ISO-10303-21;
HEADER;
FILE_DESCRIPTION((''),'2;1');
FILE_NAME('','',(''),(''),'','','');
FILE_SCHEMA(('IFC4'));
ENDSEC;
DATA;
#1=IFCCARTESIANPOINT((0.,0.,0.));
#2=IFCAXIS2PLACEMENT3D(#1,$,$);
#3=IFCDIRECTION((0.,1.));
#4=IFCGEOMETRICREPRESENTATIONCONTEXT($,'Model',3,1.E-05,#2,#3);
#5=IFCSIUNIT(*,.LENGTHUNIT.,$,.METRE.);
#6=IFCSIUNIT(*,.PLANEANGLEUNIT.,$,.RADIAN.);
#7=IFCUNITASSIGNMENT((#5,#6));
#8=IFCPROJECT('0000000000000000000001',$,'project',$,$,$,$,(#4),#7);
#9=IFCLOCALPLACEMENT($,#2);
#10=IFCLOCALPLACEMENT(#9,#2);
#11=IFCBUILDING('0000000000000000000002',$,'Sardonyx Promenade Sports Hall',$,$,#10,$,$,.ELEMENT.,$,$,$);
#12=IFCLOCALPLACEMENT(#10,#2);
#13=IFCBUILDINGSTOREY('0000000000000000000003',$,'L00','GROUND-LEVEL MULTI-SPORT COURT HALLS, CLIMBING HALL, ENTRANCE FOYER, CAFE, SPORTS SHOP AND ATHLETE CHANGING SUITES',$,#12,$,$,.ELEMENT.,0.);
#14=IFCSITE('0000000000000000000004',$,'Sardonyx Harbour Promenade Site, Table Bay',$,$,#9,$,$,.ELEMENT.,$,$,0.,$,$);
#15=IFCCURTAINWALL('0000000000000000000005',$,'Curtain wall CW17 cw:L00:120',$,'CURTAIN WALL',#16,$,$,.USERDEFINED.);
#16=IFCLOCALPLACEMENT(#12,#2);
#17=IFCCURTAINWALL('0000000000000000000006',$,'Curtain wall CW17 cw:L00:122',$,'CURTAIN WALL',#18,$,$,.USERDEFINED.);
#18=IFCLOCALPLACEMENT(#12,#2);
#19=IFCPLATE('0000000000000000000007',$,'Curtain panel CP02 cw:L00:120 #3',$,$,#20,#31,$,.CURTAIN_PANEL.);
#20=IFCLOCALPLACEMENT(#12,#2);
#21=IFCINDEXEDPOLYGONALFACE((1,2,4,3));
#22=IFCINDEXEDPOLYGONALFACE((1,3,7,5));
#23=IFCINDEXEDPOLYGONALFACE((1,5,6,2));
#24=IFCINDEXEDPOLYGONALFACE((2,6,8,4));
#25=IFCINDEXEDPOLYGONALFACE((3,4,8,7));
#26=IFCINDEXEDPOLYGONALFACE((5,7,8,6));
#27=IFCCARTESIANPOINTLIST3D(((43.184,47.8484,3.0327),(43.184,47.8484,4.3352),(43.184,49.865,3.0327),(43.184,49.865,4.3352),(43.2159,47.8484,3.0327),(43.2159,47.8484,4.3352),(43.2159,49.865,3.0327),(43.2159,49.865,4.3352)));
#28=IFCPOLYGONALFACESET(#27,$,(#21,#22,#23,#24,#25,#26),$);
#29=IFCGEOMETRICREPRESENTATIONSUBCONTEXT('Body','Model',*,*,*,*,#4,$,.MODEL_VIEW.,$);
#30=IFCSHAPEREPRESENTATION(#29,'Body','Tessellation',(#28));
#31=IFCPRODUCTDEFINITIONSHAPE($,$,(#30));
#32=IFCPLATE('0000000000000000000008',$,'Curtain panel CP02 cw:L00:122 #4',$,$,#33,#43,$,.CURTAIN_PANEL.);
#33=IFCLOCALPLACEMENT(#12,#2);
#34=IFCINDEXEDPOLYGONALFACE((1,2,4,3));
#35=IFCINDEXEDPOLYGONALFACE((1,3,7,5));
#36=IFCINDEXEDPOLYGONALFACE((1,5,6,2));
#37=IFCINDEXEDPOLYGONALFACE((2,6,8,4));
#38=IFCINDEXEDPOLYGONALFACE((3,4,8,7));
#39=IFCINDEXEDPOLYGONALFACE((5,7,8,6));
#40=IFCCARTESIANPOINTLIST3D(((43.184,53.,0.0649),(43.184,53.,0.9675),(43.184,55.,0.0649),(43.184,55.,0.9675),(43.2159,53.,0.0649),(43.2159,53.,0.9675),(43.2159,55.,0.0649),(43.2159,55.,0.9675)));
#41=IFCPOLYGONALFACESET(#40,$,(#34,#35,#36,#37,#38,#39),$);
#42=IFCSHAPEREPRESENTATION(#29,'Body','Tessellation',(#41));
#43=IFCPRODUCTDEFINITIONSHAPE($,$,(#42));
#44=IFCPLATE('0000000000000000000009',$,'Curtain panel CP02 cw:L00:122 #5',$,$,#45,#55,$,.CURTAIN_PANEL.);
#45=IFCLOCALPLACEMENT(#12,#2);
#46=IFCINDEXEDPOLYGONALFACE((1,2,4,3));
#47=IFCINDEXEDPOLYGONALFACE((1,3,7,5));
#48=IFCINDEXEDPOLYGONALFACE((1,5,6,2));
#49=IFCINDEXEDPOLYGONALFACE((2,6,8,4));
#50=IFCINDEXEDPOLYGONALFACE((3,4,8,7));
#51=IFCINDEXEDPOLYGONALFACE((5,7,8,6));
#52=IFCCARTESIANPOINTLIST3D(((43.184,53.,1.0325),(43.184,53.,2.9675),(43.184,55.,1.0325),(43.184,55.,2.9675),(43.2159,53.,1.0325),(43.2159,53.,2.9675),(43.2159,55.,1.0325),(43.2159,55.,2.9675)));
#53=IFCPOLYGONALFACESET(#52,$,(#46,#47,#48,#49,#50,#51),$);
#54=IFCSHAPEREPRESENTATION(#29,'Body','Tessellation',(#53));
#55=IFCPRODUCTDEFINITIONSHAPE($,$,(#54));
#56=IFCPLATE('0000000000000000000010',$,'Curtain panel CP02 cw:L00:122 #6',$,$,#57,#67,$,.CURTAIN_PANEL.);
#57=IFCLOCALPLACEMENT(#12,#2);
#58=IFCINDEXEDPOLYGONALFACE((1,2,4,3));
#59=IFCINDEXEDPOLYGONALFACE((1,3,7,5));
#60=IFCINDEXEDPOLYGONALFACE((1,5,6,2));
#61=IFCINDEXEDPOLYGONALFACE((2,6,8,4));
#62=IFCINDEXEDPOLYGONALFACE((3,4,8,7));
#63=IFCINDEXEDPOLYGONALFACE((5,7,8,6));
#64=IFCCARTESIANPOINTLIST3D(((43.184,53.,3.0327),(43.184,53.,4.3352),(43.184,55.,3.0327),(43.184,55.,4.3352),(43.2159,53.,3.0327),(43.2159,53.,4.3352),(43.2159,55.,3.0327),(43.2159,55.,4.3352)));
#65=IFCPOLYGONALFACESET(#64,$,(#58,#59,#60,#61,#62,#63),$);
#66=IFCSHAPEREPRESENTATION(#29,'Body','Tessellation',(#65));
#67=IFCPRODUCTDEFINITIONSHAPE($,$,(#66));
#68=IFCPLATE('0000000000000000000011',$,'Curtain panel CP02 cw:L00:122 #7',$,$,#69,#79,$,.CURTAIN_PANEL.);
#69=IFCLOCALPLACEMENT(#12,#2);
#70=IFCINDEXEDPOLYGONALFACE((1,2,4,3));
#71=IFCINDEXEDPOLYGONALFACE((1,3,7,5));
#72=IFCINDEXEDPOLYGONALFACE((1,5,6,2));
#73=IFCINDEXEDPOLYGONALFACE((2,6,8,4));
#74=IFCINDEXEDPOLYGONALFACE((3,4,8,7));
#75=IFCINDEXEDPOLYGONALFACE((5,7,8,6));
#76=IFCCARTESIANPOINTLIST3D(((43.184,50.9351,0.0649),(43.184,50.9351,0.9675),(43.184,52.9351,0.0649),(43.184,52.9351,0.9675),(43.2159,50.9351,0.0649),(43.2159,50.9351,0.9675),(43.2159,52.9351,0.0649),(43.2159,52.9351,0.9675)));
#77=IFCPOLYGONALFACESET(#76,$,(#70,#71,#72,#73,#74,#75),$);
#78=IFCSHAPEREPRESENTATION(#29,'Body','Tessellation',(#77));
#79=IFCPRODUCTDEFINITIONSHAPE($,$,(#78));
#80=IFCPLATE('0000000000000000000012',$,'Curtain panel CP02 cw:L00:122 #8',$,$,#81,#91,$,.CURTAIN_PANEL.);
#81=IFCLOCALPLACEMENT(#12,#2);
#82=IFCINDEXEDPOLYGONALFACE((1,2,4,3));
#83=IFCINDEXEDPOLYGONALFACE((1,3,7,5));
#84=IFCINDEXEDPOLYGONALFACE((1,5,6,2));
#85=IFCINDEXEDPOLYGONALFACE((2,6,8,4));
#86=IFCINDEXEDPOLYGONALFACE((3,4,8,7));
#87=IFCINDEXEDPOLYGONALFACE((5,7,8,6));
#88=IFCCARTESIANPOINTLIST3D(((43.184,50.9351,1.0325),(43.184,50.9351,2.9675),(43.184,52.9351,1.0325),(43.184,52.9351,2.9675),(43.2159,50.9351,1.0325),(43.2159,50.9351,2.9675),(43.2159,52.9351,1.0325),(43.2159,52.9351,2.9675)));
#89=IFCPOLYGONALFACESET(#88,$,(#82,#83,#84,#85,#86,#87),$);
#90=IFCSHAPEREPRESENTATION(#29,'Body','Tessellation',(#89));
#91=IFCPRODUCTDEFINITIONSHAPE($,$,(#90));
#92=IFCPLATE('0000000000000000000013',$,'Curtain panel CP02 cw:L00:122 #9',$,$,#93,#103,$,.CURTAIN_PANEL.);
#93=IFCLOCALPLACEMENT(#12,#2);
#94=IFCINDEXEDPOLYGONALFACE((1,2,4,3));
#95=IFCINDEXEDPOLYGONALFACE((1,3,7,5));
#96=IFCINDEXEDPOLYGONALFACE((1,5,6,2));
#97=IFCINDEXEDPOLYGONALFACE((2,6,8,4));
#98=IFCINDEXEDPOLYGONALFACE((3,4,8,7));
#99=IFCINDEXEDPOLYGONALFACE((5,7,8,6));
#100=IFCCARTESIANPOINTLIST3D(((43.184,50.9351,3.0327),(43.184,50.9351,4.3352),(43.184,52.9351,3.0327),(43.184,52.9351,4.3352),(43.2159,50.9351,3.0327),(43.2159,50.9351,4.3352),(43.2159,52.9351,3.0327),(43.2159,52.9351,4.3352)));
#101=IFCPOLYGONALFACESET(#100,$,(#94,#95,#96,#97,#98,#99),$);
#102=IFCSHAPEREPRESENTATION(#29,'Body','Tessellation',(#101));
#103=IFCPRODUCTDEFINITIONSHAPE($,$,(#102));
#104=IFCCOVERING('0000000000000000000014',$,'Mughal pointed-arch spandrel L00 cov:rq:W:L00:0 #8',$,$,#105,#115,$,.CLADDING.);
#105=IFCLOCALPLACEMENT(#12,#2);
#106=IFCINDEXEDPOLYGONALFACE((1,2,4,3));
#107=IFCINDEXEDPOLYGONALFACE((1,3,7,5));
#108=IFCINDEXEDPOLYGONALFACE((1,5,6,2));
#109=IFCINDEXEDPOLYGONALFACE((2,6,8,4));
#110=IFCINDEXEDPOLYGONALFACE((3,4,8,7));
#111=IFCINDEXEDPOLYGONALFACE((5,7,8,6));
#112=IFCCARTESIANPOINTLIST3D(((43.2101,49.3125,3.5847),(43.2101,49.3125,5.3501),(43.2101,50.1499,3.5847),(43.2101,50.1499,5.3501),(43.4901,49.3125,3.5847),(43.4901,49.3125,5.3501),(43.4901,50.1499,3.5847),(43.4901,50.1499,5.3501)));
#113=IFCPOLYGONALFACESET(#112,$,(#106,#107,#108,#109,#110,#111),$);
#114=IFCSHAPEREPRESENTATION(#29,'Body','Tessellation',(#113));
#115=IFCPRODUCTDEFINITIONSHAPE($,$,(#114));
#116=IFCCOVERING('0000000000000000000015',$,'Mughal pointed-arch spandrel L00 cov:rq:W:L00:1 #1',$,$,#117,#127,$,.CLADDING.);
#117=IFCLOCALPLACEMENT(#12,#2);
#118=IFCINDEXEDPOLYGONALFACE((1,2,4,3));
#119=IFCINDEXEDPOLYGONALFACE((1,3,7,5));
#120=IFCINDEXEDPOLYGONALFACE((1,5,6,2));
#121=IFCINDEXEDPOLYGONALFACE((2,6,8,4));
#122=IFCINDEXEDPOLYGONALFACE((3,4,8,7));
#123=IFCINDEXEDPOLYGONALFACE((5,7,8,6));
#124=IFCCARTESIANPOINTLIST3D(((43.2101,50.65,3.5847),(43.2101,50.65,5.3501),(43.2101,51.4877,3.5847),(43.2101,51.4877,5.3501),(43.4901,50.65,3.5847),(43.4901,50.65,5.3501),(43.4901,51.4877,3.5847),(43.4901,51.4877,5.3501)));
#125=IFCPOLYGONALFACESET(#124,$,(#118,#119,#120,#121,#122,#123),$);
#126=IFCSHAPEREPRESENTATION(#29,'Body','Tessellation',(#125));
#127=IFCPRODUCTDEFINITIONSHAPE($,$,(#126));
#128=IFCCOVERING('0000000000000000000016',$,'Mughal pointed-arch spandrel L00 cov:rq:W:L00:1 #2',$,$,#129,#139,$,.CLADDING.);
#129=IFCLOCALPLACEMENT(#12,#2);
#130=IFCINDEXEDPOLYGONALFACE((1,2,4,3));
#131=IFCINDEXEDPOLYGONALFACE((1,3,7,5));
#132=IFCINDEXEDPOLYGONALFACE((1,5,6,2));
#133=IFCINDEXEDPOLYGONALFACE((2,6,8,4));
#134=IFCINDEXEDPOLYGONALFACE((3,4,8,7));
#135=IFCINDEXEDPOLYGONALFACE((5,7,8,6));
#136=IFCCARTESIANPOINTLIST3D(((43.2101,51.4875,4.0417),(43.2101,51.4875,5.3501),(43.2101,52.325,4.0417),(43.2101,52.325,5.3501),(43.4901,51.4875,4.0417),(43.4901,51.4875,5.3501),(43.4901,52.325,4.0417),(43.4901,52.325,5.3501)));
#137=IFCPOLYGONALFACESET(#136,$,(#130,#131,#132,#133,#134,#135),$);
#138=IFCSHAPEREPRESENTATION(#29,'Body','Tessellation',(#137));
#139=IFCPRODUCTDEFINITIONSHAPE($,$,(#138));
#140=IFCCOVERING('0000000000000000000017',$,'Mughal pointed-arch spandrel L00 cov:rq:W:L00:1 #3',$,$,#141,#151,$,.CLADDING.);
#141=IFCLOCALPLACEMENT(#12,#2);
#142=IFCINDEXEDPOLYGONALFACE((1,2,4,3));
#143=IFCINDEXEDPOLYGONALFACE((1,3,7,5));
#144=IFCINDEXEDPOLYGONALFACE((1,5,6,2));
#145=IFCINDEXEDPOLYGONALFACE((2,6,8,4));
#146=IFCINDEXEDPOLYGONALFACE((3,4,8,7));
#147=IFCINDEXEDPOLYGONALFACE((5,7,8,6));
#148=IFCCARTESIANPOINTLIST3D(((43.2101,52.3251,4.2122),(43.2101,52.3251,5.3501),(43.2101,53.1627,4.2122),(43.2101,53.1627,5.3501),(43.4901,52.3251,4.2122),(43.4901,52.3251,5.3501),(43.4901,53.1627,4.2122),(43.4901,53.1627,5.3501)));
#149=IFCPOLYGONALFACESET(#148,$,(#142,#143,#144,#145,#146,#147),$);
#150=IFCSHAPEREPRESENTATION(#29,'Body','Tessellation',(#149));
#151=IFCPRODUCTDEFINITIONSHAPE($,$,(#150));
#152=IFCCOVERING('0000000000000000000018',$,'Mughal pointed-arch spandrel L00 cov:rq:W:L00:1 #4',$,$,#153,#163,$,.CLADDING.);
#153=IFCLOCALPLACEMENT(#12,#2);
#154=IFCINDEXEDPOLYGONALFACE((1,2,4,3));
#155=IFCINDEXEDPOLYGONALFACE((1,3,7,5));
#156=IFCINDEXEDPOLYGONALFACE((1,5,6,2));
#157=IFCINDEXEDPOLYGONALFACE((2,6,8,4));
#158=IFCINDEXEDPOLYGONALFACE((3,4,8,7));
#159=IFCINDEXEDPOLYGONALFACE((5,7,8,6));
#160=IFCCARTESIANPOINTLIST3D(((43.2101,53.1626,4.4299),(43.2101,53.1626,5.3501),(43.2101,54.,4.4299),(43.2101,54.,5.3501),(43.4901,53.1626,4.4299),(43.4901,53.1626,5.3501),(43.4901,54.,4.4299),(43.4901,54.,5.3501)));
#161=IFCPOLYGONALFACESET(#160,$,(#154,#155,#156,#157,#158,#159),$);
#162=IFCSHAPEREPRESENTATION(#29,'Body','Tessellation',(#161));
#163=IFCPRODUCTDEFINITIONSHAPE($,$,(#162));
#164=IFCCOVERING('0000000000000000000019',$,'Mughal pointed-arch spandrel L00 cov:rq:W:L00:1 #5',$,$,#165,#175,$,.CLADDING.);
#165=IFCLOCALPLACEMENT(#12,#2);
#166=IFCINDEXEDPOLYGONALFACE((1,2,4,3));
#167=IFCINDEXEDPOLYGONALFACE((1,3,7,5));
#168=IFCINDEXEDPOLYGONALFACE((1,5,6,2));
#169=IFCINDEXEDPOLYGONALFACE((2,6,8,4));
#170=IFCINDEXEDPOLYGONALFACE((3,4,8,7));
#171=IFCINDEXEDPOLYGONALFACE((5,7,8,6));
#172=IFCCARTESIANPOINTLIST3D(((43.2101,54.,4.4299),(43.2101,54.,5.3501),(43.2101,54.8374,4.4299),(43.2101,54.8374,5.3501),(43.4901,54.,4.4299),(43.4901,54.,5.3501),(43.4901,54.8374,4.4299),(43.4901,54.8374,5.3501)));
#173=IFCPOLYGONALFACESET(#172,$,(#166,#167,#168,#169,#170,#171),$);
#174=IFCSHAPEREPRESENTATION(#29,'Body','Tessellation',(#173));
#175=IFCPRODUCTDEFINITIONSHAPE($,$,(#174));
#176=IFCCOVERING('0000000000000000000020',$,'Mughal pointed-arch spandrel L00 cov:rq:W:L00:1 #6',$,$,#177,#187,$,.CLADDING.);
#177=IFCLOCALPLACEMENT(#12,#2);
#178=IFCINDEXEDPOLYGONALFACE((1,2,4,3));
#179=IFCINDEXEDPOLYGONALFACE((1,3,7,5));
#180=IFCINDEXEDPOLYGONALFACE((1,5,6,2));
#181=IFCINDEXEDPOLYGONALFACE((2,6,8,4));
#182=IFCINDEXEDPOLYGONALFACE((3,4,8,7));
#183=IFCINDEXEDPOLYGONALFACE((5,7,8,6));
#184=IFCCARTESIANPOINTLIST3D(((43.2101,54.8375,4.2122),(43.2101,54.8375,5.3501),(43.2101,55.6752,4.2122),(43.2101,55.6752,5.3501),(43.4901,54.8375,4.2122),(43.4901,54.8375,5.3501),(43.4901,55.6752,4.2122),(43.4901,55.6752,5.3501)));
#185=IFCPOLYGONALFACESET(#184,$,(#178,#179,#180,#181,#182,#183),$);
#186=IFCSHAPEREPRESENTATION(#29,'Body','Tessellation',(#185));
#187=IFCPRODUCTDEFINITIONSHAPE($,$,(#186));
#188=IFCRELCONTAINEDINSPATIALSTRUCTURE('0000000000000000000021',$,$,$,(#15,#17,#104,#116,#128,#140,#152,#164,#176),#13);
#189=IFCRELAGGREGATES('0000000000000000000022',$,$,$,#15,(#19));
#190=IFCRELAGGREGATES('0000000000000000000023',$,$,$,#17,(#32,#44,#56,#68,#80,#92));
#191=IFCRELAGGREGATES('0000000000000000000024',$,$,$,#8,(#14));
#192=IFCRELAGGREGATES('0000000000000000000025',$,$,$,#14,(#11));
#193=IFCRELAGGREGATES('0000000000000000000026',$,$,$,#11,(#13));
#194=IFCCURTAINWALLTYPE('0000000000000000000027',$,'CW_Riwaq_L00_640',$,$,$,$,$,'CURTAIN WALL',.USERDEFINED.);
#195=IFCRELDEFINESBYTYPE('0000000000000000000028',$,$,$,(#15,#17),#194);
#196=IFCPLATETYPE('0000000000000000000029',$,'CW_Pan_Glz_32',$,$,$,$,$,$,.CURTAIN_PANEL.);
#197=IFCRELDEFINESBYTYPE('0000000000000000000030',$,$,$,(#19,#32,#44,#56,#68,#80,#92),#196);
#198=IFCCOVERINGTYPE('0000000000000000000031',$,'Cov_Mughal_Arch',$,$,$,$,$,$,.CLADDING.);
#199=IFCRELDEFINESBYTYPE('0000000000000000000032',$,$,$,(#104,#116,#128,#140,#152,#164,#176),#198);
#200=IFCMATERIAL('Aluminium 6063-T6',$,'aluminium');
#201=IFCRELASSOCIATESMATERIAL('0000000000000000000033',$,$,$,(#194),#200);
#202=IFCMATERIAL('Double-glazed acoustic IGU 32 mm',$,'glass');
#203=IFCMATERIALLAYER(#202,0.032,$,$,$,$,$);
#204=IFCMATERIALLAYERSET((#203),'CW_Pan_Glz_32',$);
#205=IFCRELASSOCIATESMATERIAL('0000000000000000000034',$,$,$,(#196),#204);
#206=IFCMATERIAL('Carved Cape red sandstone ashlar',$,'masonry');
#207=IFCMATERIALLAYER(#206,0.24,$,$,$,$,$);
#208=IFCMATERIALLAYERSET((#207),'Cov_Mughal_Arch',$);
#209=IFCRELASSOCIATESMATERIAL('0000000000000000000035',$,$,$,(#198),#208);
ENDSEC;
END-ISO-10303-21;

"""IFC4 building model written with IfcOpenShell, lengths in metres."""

from ifc_helpers import new_model, si_unit, direction, frame, frame_2d, origin, origin_2d, place, context, subcontext, project, spatial, rectangle, extrude, material, layer, layer_set, type_object, element, aggregate, save


model = new_model("IFC4")

# Units and contexts
model_context = context("Model", 3, precision=1e-05, world=origin(), true_north=direction((0.0, 1.0)))
body_context = subcontext(model_context, "Body", "Model", "MODEL_VIEW")
ifc_project = project(units=[si_unit("LENGTHUNIT", "METRE"), si_unit("PLANEANGLEUNIT", "RADIAN")], contexts=[model_context])

# Site, building, storey
site_placement = place(None, origin())
site = spatial("IfcSite", under=ifc_project, at=site_placement, Name="Sardonyx Harbour Promenade Site, Table Bay", CompositionType="ELEMENT", RefElevation=0.0)
building_placement = place(site_placement, origin())
building = spatial("IfcBuilding", under=site, at=building_placement, Name="Sardonyx Promenade Sports Hall", CompositionType="ELEMENT")
storey_placement = place(building_placement, origin())
storey = spatial("IfcBuildingStorey", under=building, at=storey_placement, Name="L00", Description="GROUND-LEVEL MULTI-SPORT COURT HALLS, CLIMBING HALL, ENTRANCE FOYER, CAFE, SPORTS SHOP AND ATHLETE CHANGING SUITES", CompositionType="ELEMENT", Elevation=0.0)

# Curtain wall
ifc_material_1 = material(Name="Aluminium 6063-T6", Category="aluminium")
curtain_wall_type = type_object("IfcCurtainWallType", Name="CW_Riwaq_L00_640", ElementType="CURTAIN WALL", PredefinedType="USERDEFINED", material=ifc_material_1)
curtain_wall_1_placement = place(storey_placement, origin())
curtain_wall_1 = element("IfcCurtainWall", 1, at=curtain_wall_1_placement, inside=storey, type_object=curtain_wall_type, Name="Curtain wall CW17 cw:L00:120", ObjectType="CURTAIN WALL", PredefinedType="USERDEFINED")

# Curtain wall
curtain_wall_2_placement = place(storey_placement, origin())
curtain_wall_2 = element("IfcCurtainWall", 2, at=curtain_wall_2_placement, inside=storey, type_object=curtain_wall_type, Name="Curtain wall CW17 cw:L00:122", ObjectType="CURTAIN WALL", PredefinedType="USERDEFINED")

# Plates
ifc_material_2 = material(Name="Double-glazed acoustic IGU 32 mm", Category="glass")
ifc_layer_1 = layer(ifc_material_2, 0.032)
ifc_layer_set_1 = layer_set([ifc_layer_1], Name="CW_Pan_Glz_32")
plate_type = type_object("IfcPlateType", Name="CW_Pan_Glz_32", PredefinedType="CURTAIN_PANEL", material=ifc_layer_set_1)
plate_1_placement = place(storey_placement, frame((43.2, 48.8567, 3.0327), z_axis=(0.0, 0.0, 1.0), x_axis=(0.0, -1.0, 0.0)))
plate_1 = element("IfcPlate", 3, at=plate_1_placement, type_object=plate_type, Name="Curtain panel CP02 cw:L00:120 #3", PredefinedType="CURTAIN_PANEL", context=body_context, shape_type="SweptSolid", body=[
    extrude(rectangle(XDim=2.0166, YDim=0.032, at=origin_2d()), origin(), (0.0, 0.0, 1.0), 1.3025),
])
aggregate(curtain_wall_1, [plate_1])
plate_2_placement = place(storey_placement, frame((43.2, 54.0, 0.0649), z_axis=(0.0, 0.0, 1.0), x_axis=(0.0, -1.0, 0.0)))
plate_2 = element("IfcPlate", 4, at=plate_2_placement, type_object=plate_type, Name="Curtain panel CP02 cw:L00:122 #4", PredefinedType="CURTAIN_PANEL", context=body_context, shape_type="SweptSolid", body=[
    extrude(rectangle(XDim=2.0, YDim=0.032, at=origin_2d()), origin(), (0.0, 0.0, 1.0), 0.9026),
])
plate_3_placement = place(storey_placement, frame((43.2, 54.0, 1.0325), z_axis=(0.0, 0.0, 1.0), x_axis=(0.0, -1.0, 0.0)))
plate_3 = element("IfcPlate", 5, at=plate_3_placement, type_object=plate_type, Name="Curtain panel CP02 cw:L00:122 #5", PredefinedType="CURTAIN_PANEL", context=body_context, shape_type="SweptSolid", body=[
    extrude(rectangle(XDim=2.0, YDim=0.032, at=origin_2d()), origin(), (0.0, 0.0, 1.0), 1.9351),
])
plate_4_placement = place(storey_placement, frame((43.2, 54.0, 3.0327), z_axis=(0.0, 0.0, 1.0), x_axis=(0.0, -1.0, 0.0)))
plate_4 = element("IfcPlate", 6, at=plate_4_placement, type_object=plate_type, Name="Curtain panel CP02 cw:L00:122 #6", PredefinedType="CURTAIN_PANEL", context=body_context, shape_type="SweptSolid", body=[
    extrude(rectangle(XDim=2.0, YDim=0.032, at=origin_2d()), origin(), (0.0, 0.0, 1.0), 1.3025),
])
plate_5_placement = place(storey_placement, frame((43.2, 51.9351, 0.0649), z_axis=(0.0, 0.0, 1.0), x_axis=(0.0, -1.0, 0.0)))
plate_5 = element("IfcPlate", 7, at=plate_5_placement, type_object=plate_type, Name="Curtain panel CP02 cw:L00:122 #7", PredefinedType="CURTAIN_PANEL", context=body_context, shape_type="SweptSolid", body=[
    extrude(rectangle(XDim=2.0, YDim=0.032, at=origin_2d()), origin(), (0.0, 0.0, 1.0), 0.9026),
])
plate_6_placement = place(storey_placement, frame((43.2, 51.9351, 1.0325), z_axis=(0.0, 0.0, 1.0), x_axis=(0.0, -1.0, 0.0)))
plate_6 = element("IfcPlate", 8, at=plate_6_placement, type_object=plate_type, Name="Curtain panel CP02 cw:L00:122 #8", PredefinedType="CURTAIN_PANEL", context=body_context, shape_type="SweptSolid", body=[
    extrude(rectangle(XDim=2.0, YDim=0.032, at=origin_2d()), origin(), (0.0, 0.0, 1.0), 1.9351),
])
plate_7_placement = place(storey_placement, frame((43.2, 51.9351, 3.0327), z_axis=(0.0, 0.0, 1.0), x_axis=(0.0, -1.0, 0.0)))
plate_7 = element("IfcPlate", 9, at=plate_7_placement, type_object=plate_type, Name="Curtain panel CP02 cw:L00:122 #9", PredefinedType="CURTAIN_PANEL", context=body_context, shape_type="SweptSolid", body=[
    extrude(rectangle(XDim=2.0, YDim=0.032, at=origin_2d()), origin(), (0.0, 0.0, 1.0), 1.3025),
])
aggregate(curtain_wall_2, [plate_2, plate_3, plate_4, plate_5, plate_6, plate_7])

# Coverings
ifc_material_3 = material(Name="Carved Cape red sandstone ashlar", Category="masonry")
ifc_layer_2 = layer(ifc_material_3, 0.24)
ifc_layer_set_2 = layer_set([ifc_layer_2], Name="Cov_Mughal_Arch")
covering_type = type_object("IfcCoveringType", Name="Cov_Mughal_Arch", PredefinedType="CLADDING", material=ifc_layer_set_2)
covering_1_placement = place(storey_placement, frame((43.3501, 49.3125, 3.5847), z_axis=(0.0, 0.0, 1.0), x_axis=(0.0, 1.0, 0.0)))
element("IfcCovering", 10, at=covering_1_placement, inside=storey, type_object=covering_type, Name="Mughal pointed-arch spandrel L00 cov:rq:W:L00:0 #8", PredefinedType="CLADDING", context=body_context, shape_type="SweptSolid", body=[
    extrude(rectangle(XDim=0.8374, YDim=0.28, at=frame_2d((0.4187, 0.0))), origin(), (0.0, 0.0, 1.0), 1.7654),
])
covering_2_placement = place(storey_placement, frame((43.3501, 50.6499, 3.5847), z_axis=(0.0, 0.0, 1.0), x_axis=(0.0, 1.0, 0.0)))
element("IfcCovering", 11, at=covering_2_placement, inside=storey, type_object=covering_type, Name="Mughal pointed-arch spandrel L00 cov:rq:W:L00:1 #1", PredefinedType="CLADDING", context=body_context, shape_type="SweptSolid", body=[
    extrude(rectangle(XDim=0.8376, YDim=0.28, at=frame_2d((0.4189, 0.0))), origin(), (0.0, 0.0, 1.0), 1.7654),
])
covering_3_placement = place(storey_placement, frame((43.3501, 51.4875, 4.0417), z_axis=(0.0, 0.0, 1.0), x_axis=(0.0, 1.0, 0.0)))
element("IfcCovering", 12, at=covering_3_placement, inside=storey, type_object=covering_type, Name="Mughal pointed-arch spandrel L00 cov:rq:W:L00:1 #2", PredefinedType="CLADDING", context=body_context, shape_type="SweptSolid", body=[
    extrude(rectangle(XDim=0.8374, YDim=0.28, at=frame_2d((0.4187, 0.0))), origin(), (0.0, 0.0, 1.0), 1.3083),
])
covering_4_placement = place(storey_placement, frame((43.3501, 52.325, 4.2122), z_axis=(0.0, 0.0, 1.0), x_axis=(0.0, 1.0, 0.0)))
element("IfcCovering", 13, at=covering_4_placement, inside=storey, type_object=covering_type, Name="Mughal pointed-arch spandrel L00 cov:rq:W:L00:1 #3", PredefinedType="CLADDING", context=body_context, shape_type="SweptSolid", body=[
    extrude(rectangle(XDim=0.8376, YDim=0.28, at=frame_2d((0.4189, 0.0))), origin(), (0.0, 0.0, 1.0), 1.1379),
])
for number, where, z_axis, x_axis, name in (
    (14, (43.3501, 53.1626, 4.4299), (0.0, 0.0, 1.0), (0.0, 1.0, 0.0), "Mughal pointed-arch spandrel L00 cov:rq:W:L00:1 #4"),
    (15, (43.3501, 54.0, 4.4299), (0.0, 0.0, 1.0), (0.0, 1.0, 0.0), "Mughal pointed-arch spandrel L00 cov:rq:W:L00:1 #5"),
):
    element("IfcCovering", number, at=place(storey_placement, frame(where, z_axis=z_axis, x_axis=x_axis)), inside=storey, type_object=covering_type, Name=name, PredefinedType="CLADDING", context=body_context, shape_type="SweptSolid", body=[
        extrude(rectangle(XDim=0.8374, YDim=0.28, at=frame_2d((0.4187, 0.0))), origin(), (0.0, 0.0, 1.0), 0.9202),
    ])
covering_5_placement = place(storey_placement, frame((43.3501, 54.8374, 4.2122), z_axis=(0.0, 0.0, 1.0), x_axis=(0.0, 1.0, 0.0)))
element("IfcCovering", 16, at=covering_5_placement, inside=storey, type_object=covering_type, Name="Mughal pointed-arch spandrel L00 cov:rq:W:L00:1 #6", PredefinedType="CLADDING", context=body_context, shape_type="SweptSolid", body=[
    extrude(rectangle(XDim=0.8376, YDim=0.28, at=frame_2d((0.4189, 0.0))), origin(), (0.0, 0.0, 1.0), 1.1379),
])

save(model, "model.ifc")
